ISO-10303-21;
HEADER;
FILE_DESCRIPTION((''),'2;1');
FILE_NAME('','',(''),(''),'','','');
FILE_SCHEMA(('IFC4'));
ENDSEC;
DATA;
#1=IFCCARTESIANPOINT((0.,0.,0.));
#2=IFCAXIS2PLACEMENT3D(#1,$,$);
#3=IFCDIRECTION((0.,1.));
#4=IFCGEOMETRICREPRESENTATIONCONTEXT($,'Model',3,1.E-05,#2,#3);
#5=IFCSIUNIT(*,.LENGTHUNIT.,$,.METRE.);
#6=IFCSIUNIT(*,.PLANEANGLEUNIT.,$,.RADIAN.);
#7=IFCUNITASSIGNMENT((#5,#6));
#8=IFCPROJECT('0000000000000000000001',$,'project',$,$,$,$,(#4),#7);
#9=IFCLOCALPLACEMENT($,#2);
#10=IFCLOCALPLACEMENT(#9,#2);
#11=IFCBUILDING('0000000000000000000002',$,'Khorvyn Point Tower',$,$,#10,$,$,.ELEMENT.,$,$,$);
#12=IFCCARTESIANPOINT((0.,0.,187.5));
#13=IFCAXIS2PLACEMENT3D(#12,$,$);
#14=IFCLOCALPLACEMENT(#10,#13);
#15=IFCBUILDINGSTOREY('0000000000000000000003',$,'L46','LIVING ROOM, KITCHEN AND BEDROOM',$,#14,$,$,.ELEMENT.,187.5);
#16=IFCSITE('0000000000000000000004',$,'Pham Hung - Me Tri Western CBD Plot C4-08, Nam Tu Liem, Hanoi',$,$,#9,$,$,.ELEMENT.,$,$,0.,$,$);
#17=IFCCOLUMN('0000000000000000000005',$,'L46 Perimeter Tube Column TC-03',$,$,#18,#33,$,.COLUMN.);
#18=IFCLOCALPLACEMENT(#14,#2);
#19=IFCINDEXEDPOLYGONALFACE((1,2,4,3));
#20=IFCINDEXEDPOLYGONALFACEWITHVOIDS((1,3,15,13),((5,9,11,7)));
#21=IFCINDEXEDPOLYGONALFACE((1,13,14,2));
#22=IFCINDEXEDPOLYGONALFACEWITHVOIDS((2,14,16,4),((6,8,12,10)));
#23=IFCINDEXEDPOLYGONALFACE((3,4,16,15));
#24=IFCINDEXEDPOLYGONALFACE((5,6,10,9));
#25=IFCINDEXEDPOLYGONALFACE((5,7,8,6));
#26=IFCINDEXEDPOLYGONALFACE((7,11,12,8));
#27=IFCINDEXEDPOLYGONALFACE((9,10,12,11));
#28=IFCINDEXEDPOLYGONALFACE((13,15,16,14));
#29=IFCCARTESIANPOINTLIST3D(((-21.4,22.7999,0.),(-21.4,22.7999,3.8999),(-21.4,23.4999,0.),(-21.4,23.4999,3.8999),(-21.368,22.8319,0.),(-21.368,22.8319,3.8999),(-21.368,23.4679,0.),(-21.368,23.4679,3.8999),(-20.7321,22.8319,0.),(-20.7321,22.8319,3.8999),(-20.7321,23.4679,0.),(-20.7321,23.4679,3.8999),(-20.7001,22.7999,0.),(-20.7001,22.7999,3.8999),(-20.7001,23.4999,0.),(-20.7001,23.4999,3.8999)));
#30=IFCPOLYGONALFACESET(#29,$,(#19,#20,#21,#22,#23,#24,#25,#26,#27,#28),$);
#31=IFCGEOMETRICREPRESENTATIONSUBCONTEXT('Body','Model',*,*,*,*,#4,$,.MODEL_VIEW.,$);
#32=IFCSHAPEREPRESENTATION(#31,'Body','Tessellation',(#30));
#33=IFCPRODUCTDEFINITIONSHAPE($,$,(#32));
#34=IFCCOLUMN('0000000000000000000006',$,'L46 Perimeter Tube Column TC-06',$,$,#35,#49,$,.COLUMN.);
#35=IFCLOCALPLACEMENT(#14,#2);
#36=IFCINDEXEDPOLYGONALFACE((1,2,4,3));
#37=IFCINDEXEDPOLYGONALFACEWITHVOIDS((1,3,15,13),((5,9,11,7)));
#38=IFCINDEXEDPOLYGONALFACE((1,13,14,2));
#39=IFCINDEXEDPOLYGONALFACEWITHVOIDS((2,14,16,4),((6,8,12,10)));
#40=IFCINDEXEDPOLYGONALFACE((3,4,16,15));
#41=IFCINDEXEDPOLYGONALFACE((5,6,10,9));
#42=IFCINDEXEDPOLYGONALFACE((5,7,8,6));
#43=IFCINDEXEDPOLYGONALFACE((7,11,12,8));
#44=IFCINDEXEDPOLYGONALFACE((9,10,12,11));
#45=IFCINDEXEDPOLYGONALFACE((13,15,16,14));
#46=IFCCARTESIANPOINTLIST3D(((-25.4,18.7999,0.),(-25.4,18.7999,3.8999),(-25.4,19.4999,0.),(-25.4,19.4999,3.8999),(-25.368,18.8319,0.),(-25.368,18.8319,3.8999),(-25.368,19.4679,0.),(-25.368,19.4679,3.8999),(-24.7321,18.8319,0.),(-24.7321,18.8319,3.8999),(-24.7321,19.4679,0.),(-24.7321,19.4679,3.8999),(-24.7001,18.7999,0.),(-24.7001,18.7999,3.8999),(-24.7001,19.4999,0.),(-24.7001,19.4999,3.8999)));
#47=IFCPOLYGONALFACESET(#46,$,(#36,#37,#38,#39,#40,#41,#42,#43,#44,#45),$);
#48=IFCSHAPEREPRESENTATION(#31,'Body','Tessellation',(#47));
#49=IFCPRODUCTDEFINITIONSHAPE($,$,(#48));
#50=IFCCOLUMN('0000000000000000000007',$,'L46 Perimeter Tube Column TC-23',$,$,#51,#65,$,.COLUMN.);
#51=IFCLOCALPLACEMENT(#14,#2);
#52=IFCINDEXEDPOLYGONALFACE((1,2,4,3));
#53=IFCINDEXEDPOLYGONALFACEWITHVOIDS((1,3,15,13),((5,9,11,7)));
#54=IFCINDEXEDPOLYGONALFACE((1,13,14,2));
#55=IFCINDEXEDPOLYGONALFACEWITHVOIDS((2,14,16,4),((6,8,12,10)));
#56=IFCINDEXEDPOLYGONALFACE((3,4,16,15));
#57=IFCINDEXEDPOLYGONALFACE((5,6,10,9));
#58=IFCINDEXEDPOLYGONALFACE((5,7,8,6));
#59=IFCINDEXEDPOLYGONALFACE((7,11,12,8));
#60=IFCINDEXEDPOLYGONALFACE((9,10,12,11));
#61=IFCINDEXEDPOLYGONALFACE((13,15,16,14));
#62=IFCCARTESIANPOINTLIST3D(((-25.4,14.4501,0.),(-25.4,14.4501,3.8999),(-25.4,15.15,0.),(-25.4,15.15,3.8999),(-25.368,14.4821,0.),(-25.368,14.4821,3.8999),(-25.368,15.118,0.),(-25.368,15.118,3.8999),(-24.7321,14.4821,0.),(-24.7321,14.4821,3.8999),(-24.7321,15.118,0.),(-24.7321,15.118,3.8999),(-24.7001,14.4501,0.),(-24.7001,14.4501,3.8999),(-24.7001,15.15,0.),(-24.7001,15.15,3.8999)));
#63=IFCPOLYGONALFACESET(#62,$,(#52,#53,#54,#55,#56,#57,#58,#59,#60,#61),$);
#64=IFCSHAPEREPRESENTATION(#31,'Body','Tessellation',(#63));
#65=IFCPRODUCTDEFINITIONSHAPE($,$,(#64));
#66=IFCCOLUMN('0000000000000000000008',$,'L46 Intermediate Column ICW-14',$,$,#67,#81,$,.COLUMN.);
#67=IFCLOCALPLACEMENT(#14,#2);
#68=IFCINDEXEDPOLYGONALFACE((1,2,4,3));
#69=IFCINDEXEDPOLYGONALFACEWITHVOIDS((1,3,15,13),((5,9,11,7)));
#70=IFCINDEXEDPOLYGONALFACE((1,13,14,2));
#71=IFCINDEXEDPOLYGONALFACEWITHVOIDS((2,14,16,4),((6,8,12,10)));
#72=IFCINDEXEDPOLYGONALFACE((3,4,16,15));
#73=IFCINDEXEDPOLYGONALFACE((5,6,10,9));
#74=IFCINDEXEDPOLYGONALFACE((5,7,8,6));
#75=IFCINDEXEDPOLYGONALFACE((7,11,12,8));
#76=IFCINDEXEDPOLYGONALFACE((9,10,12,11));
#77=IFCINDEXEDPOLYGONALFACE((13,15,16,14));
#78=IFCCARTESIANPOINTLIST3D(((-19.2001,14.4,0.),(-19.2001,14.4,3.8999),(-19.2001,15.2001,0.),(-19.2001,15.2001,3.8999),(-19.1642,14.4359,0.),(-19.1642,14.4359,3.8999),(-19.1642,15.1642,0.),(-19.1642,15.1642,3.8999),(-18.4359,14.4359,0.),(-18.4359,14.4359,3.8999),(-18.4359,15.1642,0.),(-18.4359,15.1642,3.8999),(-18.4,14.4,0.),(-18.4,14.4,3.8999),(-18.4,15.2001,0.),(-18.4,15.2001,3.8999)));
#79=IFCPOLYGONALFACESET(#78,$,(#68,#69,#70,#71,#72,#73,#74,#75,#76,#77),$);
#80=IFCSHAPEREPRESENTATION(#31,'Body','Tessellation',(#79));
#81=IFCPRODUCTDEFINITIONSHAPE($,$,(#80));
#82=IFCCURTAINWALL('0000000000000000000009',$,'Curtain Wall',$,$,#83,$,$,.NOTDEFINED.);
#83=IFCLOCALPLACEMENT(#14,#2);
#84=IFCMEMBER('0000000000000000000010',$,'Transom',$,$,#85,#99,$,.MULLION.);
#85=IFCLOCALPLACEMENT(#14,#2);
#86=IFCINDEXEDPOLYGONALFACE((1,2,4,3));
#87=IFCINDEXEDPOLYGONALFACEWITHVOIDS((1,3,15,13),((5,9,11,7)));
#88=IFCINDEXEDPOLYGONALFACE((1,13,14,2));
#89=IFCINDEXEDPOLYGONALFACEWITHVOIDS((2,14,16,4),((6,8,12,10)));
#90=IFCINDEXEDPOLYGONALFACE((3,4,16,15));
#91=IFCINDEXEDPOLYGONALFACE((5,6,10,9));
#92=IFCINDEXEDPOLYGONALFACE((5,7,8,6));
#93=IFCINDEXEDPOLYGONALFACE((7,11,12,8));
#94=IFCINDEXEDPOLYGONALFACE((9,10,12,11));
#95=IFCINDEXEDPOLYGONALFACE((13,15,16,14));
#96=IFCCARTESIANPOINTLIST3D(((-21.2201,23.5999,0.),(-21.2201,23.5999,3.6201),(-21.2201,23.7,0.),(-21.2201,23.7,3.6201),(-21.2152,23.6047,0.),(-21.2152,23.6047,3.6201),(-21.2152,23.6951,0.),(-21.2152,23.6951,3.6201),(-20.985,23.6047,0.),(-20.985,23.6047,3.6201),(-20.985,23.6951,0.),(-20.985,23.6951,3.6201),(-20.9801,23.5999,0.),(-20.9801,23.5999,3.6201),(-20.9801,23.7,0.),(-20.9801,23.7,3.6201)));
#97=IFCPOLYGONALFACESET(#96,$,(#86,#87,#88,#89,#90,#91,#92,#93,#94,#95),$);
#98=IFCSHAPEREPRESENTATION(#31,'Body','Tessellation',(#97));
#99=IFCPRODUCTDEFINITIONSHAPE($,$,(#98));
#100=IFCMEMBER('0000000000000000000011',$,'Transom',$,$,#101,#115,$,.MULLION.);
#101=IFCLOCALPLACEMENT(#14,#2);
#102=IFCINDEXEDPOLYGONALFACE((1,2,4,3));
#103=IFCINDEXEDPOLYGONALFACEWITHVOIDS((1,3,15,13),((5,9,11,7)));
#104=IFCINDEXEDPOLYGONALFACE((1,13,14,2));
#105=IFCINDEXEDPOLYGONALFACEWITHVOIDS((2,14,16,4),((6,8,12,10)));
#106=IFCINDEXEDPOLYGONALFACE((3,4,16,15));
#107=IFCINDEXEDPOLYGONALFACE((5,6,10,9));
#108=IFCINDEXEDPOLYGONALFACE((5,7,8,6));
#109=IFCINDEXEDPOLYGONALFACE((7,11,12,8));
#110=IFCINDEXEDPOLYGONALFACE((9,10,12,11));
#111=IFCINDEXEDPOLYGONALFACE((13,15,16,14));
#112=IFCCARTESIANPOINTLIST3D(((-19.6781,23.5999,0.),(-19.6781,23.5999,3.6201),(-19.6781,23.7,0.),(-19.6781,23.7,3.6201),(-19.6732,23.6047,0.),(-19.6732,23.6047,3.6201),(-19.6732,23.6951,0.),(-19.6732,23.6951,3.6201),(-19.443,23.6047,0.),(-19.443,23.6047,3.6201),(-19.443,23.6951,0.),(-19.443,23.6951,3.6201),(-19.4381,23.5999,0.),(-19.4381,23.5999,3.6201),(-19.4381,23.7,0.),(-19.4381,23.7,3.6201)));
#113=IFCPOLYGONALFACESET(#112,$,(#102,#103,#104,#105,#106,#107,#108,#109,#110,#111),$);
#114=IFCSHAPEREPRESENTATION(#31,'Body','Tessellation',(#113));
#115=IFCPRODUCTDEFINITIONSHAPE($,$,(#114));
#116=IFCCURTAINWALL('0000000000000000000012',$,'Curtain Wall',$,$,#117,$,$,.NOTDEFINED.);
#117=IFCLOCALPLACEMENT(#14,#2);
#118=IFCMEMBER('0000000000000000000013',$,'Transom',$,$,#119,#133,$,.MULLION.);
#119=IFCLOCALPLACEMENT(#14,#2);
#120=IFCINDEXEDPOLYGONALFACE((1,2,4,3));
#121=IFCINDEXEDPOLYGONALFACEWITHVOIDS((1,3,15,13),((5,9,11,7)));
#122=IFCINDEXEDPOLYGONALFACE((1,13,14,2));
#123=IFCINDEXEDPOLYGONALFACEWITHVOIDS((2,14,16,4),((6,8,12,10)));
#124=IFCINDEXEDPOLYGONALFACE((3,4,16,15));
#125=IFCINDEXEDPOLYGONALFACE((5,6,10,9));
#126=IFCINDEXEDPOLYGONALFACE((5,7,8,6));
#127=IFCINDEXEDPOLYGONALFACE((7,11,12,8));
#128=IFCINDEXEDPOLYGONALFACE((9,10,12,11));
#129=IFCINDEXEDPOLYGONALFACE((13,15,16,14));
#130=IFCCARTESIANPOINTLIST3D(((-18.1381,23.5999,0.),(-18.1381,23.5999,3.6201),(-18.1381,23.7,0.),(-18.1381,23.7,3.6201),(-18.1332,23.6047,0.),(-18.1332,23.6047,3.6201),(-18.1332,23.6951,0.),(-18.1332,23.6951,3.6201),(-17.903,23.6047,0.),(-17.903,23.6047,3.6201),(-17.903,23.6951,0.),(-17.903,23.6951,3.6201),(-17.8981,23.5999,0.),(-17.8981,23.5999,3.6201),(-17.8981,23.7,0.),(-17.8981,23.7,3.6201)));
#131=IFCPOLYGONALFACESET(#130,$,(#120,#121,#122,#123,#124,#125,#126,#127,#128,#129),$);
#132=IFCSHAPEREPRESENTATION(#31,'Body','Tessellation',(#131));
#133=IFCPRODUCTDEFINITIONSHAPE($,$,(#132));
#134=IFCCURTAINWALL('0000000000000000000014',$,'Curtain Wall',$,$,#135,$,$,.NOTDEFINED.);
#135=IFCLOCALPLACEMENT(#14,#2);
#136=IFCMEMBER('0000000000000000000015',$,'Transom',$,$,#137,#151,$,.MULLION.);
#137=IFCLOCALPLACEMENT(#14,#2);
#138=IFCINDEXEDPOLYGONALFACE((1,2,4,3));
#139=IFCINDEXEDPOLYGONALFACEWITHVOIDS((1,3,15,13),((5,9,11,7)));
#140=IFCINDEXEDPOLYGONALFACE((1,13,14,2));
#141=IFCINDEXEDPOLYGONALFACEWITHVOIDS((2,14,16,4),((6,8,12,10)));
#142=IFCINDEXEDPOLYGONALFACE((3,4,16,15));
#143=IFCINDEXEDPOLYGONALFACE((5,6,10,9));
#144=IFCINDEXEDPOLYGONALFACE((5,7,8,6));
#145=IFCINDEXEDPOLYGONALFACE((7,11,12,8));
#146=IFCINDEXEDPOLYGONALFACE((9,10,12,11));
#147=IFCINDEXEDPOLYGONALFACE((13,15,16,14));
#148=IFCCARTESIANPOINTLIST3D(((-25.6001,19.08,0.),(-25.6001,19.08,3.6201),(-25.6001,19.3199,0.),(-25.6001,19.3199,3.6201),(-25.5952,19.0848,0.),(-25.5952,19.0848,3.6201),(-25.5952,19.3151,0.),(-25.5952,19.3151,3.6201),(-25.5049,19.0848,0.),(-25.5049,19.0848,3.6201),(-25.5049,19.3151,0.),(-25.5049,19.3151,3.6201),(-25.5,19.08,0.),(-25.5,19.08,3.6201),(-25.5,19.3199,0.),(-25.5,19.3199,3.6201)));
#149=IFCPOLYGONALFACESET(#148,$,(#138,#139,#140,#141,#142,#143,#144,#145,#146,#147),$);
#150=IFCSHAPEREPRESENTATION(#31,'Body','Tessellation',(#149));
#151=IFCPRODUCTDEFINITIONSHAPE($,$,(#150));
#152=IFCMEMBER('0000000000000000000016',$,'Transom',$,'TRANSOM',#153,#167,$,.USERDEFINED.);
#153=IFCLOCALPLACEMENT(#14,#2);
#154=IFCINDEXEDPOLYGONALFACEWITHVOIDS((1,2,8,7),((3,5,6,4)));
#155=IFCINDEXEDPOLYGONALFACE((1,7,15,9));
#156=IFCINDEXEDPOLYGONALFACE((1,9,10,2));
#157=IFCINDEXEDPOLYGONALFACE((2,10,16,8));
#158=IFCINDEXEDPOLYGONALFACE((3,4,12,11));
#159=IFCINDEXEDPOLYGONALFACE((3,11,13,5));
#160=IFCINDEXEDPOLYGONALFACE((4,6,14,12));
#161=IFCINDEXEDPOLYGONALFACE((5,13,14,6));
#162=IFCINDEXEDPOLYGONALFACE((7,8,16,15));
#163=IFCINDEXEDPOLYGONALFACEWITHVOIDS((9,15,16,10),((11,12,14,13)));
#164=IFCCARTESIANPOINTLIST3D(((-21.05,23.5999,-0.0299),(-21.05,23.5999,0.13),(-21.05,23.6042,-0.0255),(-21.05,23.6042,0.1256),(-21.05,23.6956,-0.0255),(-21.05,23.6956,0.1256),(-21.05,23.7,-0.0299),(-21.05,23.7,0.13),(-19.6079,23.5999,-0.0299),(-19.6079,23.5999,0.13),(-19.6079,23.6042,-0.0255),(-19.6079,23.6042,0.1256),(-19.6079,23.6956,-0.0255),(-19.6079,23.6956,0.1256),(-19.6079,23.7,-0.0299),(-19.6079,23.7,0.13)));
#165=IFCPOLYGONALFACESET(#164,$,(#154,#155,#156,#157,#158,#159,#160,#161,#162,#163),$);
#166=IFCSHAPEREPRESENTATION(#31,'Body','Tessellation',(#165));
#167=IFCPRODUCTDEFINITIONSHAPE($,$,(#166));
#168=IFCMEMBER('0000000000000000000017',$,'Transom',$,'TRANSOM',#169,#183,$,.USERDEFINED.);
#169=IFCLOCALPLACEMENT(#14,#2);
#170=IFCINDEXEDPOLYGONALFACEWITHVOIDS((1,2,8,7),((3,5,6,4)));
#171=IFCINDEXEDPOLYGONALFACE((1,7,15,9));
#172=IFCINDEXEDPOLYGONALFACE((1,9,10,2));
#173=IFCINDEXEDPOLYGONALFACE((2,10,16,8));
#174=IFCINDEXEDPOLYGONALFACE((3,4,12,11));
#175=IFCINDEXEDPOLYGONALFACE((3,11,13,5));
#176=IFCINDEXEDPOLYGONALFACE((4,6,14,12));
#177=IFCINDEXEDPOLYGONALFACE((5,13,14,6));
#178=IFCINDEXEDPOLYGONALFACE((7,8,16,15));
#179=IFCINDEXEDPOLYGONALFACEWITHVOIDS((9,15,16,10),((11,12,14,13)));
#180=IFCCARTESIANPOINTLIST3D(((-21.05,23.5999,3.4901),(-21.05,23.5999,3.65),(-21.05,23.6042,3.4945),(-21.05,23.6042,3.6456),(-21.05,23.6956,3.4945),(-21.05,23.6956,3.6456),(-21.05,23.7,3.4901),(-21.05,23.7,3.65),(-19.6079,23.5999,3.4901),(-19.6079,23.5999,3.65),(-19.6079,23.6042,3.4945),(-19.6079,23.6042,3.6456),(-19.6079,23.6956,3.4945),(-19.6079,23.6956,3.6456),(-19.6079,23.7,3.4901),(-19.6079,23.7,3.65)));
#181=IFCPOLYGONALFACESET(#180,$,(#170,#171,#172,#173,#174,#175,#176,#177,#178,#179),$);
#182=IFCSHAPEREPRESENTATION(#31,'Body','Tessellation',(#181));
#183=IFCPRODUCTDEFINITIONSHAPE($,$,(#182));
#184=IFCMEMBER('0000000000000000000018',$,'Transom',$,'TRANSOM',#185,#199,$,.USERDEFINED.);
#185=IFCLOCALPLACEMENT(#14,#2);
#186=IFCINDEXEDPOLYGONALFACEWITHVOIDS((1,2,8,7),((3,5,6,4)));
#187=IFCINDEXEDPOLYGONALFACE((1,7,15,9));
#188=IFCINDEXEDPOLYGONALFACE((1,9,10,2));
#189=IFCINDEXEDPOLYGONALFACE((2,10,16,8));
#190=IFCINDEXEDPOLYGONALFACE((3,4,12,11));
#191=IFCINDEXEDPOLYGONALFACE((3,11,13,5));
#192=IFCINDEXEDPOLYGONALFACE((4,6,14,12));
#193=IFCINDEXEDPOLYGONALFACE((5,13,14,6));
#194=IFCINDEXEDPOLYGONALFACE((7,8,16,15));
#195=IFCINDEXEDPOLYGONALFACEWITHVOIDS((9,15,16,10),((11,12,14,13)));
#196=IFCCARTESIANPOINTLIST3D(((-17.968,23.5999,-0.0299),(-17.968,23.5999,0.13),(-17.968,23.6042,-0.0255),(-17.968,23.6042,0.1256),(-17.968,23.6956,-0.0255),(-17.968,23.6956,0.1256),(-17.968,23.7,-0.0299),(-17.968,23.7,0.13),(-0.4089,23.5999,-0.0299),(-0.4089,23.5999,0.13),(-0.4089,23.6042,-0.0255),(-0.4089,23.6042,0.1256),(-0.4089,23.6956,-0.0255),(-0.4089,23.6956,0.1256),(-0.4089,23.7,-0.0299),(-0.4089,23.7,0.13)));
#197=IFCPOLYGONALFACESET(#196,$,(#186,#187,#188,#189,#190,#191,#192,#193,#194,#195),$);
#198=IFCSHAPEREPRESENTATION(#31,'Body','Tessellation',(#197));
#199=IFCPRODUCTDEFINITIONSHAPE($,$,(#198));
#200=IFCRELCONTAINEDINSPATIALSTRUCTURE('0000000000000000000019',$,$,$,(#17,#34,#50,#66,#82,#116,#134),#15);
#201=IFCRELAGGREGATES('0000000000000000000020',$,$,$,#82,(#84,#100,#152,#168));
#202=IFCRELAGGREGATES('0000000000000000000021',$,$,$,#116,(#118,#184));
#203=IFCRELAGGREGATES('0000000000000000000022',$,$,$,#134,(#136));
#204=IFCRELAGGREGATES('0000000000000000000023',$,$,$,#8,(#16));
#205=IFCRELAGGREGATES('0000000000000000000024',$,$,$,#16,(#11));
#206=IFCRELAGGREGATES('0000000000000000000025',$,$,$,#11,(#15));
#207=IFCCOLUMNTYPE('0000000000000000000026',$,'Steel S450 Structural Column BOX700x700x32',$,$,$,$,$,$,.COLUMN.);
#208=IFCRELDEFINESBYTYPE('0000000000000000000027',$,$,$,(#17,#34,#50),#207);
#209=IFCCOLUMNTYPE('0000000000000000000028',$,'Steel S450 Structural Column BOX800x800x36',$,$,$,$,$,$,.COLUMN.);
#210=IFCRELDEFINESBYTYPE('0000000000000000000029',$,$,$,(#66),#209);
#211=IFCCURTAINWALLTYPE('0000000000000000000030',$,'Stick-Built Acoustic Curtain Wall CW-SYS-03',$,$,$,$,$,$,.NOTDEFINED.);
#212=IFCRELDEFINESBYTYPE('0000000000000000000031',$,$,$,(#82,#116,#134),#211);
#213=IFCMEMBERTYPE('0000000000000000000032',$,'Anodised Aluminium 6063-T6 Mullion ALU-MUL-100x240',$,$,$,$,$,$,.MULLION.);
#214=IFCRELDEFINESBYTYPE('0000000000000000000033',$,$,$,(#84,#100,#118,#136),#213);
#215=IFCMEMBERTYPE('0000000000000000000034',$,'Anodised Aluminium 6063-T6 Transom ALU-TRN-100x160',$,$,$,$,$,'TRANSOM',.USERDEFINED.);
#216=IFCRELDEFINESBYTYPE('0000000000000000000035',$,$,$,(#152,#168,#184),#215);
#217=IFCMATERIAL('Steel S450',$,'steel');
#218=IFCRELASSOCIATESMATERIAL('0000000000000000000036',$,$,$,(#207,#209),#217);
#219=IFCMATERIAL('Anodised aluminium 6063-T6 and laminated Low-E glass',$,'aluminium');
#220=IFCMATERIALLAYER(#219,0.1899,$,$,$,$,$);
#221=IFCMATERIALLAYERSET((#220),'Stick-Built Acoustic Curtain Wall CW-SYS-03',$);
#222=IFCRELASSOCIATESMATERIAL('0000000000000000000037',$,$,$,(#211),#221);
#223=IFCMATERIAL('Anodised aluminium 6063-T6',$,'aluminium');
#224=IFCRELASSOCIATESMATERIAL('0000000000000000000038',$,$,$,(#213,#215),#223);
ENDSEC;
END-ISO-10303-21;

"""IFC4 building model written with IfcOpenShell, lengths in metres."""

from ifc_helpers import new_model, si_unit, direction, frame, origin, origin_2d, place, context, subcontext, project, spatial, hollow_rectangle, extrude, material, layer, layer_set, material_profile, profile_set, type_object, element, aggregate, save


model = new_model("IFC4")

# Units and contexts
model_context = context("Model", 3, precision=1e-05, world=origin(), true_north=direction((0.0, 1.0)))
body_context = subcontext(model_context, "Body", "Model", "MODEL_VIEW")
ifc_project = project(units=[si_unit("LENGTHUNIT", "METRE"), si_unit("PLANEANGLEUNIT", "RADIAN")], contexts=[model_context])

# Site, building, storey
site_placement = place(None, origin())
site = spatial("IfcSite", under=ifc_project, at=site_placement, Name="Pham Hung - Me Tri Western CBD Plot C4-08, Nam Tu Liem, Hanoi", CompositionType="ELEMENT", RefElevation=0.0)
building_placement = place(site_placement, origin())
building = spatial("IfcBuilding", under=site, at=building_placement, Name="Khorvyn Point Tower", CompositionType="ELEMENT")
storey_placement = place(building_placement, frame((0.0, 0.0, 187.5)))
storey = spatial("IfcBuildingStorey", under=building, at=storey_placement, Name="L46", Description="LIVING ROOM, KITCHEN AND BEDROOM", CompositionType="ELEMENT", Elevation=187.5)

# Columns
ifc_material_1 = material(Name="Steel S450", Category="steel")
ifc_material_profile_1 = material_profile(ifc_material_1, hollow_rectangle(XDim=0.7, YDim=0.7, WallThickness=0.032, at=origin_2d()))
ifc_profile_set_1 = profile_set([ifc_material_profile_1], Name="Steel S450 BOX700x700x32")
column_type_1 = type_object("IfcColumnType", Name="Steel S450 Structural Column BOX700x700x32", PredefinedType="COLUMN", material=ifc_profile_set_1)
for number, where, z_axis, x_axis, name in (
    (1, (-21.05, 23.1499, 0.0), (0.0, 0.0, 1.0), (1.0, 0.0, 0.0), "L46 Perimeter Tube Column TC-03"),
    (2, (-25.05, 19.1499, 0.0), (0.0, 0.0, 1.0), (1.0, 0.0, 0.0), "L46 Perimeter Tube Column TC-06"),
    (3, (-25.05, 14.8, 0.0), (0.0, 0.0, 1.0), (1.0, 0.0, 0.0), "L46 Perimeter Tube Column TC-23"),
):
    element("IfcColumn", number, at=place(storey_placement, frame(where, z_axis=z_axis, x_axis=x_axis)), inside=storey, type_object=column_type_1, Name=name, PredefinedType="COLUMN", context=body_context, shape_type="SweptSolid", body=[
        extrude(hollow_rectangle(XDim=0.7, YDim=0.7, WallThickness=0.032, at=origin_2d()), origin(), (0.0, 0.0, 1.0), 3.8999),
    ])
ifc_material_profile_2 = material_profile(ifc_material_1, hollow_rectangle(XDim=0.8, YDim=0.8, WallThickness=0.0359, at=origin_2d()))
ifc_profile_set_2 = profile_set([ifc_material_profile_2], Name="Steel S450 BOX800x800x36")
column_type_2 = type_object("IfcColumnType", Name="Steel S450 Structural Column BOX800x800x36", PredefinedType="COLUMN", material=ifc_profile_set_2)
column_placement = place(storey_placement, frame((-18.8, 14.8, 0.0), z_axis=(0.0, 0.0, 1.0), x_axis=(1.0, 0.0, 0.0)))
element("IfcColumn", 4, at=column_placement, inside=storey, type_object=column_type_2, Name="L46 Intermediate Column ICW-14", PredefinedType="COLUMN", context=body_context, shape_type="SweptSolid", body=[
    extrude(hollow_rectangle(XDim=0.8, YDim=0.8, WallThickness=0.0359, at=origin_2d()), origin(), (0.0, 0.0, 1.0), 3.8999),
])

# Curtain wall, members
ifc_material_2 = material(Name="Anodised aluminium 6063-T6 and laminated Low-E glass", Category="aluminium")
ifc_layer_1 = layer(ifc_material_2, 0.1899)
ifc_layer_set_1 = layer_set([ifc_layer_1], Name="Stick-Built Acoustic Curtain Wall CW-SYS-03")
curtain_wall_type = type_object("IfcCurtainWallType", Name="Stick-Built Acoustic Curtain Wall CW-SYS-03", PredefinedType="NOTDEFINED", material=ifc_layer_set_1)
curtain_wall_1_placement = place(storey_placement, origin())
curtain_wall_1 = element("IfcCurtainWall", 5, at=curtain_wall_1_placement, inside=storey, type_object=curtain_wall_type, Name="Curtain Wall", PredefinedType="NOTDEFINED")
ifc_material_3 = material(Name="Anodised aluminium 6063-T6", Category="aluminium")
ifc_material_profile_3 = material_profile(ifc_material_3, hollow_rectangle(XDim=0.1001, YDim=0.24, WallThickness=0.0049, at=origin_2d()))
ifc_profile_set_3 = profile_set([ifc_material_profile_3], Name="Anodised aluminium 6063-T6 ALU-MUL-100x240")
member_type_1 = type_object("IfcMemberType", Name="Anodised Aluminium 6063-T6 Mullion ALU-MUL-100x240", PredefinedType="MULLION", material=ifc_profile_set_3)
member_1_placement = place(storey_placement, frame((-21.1001, 23.6499, 0.0), z_axis=(0.0, 0.0, 1.0), x_axis=(0.0, 1.0, 0.0)))
member_1 = element("IfcMember", 6, at=member_1_placement, type_object=member_type_1, Name="Transom", PredefinedType="MULLION", context=body_context, shape_type="SweptSolid", body=[
    extrude(hollow_rectangle(XDim=0.1001, YDim=0.24, WallThickness=0.0049, at=origin_2d()), origin(), (0.0, 0.0, 1.0), 3.6201),
])
member_2_placement = place(storey_placement, frame((-19.5581, 23.6499, 0.0), z_axis=(0.0, 0.0, 1.0), x_axis=(0.0, 1.0, 0.0)))
member_2 = element("IfcMember", 7, at=member_2_placement, type_object=member_type_1, Name="Transom", PredefinedType="MULLION", context=body_context, shape_type="SweptSolid", body=[
    extrude(hollow_rectangle(XDim=0.1001, YDim=0.24, WallThickness=0.0049, at=origin_2d()), origin(), (0.0, 0.0, 1.0), 3.6201),
])

# Curtain walls, members
curtain_wall_2_placement = place(storey_placement, origin())
curtain_wall_2 = element("IfcCurtainWall", 8, at=curtain_wall_2_placement, inside=storey, type_object=curtain_wall_type, Name="Curtain Wall", PredefinedType="NOTDEFINED")
member_3_placement = place(storey_placement, frame((-18.0181, 23.6499, 0.0), z_axis=(0.0, 0.0, 1.0), x_axis=(0.0, 1.0, 0.0)))
member_3 = element("IfcMember", 9, at=member_3_placement, type_object=member_type_1, Name="Transom", PredefinedType="MULLION", context=body_context, shape_type="SweptSolid", body=[
    extrude(hollow_rectangle(XDim=0.1001, YDim=0.24, WallThickness=0.0049, at=origin_2d()), origin(), (0.0, 0.0, 1.0), 3.6201),
])
curtain_wall_3_placement = place(storey_placement, origin())
curtain_wall_3 = element("IfcCurtainWall", 10, at=curtain_wall_3_placement, inside=storey, type_object=curtain_wall_type, Name="Curtain Wall", PredefinedType="NOTDEFINED")
member_4_placement = place(storey_placement, frame((-25.55, 19.2, 0.0), z_axis=(0.0, 0.0, 1.0), x_axis=(-1.0, 0.0, 0.0)))
member_4 = element("IfcMember", 11, at=member_4_placement, type_object=member_type_1, Name="Transom", PredefinedType="MULLION", context=body_context, shape_type="SweptSolid", body=[
    extrude(hollow_rectangle(XDim=0.1001, YDim=0.24, WallThickness=0.0049, at=origin_2d()), origin(), (0.0, 0.0, 1.0), 3.6201),
])

# Members
ifc_material_profile_4 = material_profile(ifc_material_3, hollow_rectangle(XDim=0.1001, YDim=0.1599, WallThickness=0.0044, at=origin_2d()))
ifc_profile_set_4 = profile_set([ifc_material_profile_4], Name="Anodised aluminium 6063-T6 ALU-TRN-100x160")
member_type_2 = type_object("IfcMemberType", Name="Anodised Aluminium 6063-T6 Transom ALU-TRN-100x160", ElementType="TRANSOM", PredefinedType="USERDEFINED", material=ifc_profile_set_4)
member_5_placement = place(storey_placement, frame((-21.05, 23.6499, 0.05), z_axis=(1.0, 0.0, 0.0), x_axis=(0.0, 1.0, 0.0)))
member_5 = element("IfcMember", 12, at=member_5_placement, type_object=member_type_2, Name="Transom", ObjectType="TRANSOM", PredefinedType="USERDEFINED", context=body_context, shape_type="SweptSolid", body=[
    extrude(hollow_rectangle(XDim=0.1001, YDim=0.1599, WallThickness=0.0044, at=origin_2d()), origin(), (0.0, 0.0, 1.0), 1.4421),
])
member_6_placement = place(storey_placement, frame((-21.05, 23.6499, 3.5701), z_axis=(1.0, 0.0, 0.0), x_axis=(0.0, 1.0, 0.0)))
member_6 = element("IfcMember", 13, at=member_6_placement, type_object=member_type_2, Name="Transom", ObjectType="TRANSOM", PredefinedType="USERDEFINED", context=body_context, shape_type="SweptSolid", body=[
    extrude(hollow_rectangle(XDim=0.1001, YDim=0.1599, WallThickness=0.0044, at=origin_2d()), origin(), (0.0, 0.0, 1.0), 1.4421),
])
member_7_placement = place(storey_placement, frame((-17.968, 23.6499, 0.05), z_axis=(1.0, 0.0, 0.0), x_axis=(0.0, 1.0, 0.0)))
member_7 = element("IfcMember", 14, at=member_7_placement, type_object=member_type_2, Name="Transom", ObjectType="TRANSOM", PredefinedType="USERDEFINED", context=body_context, shape_type="SweptSolid", body=[
    extrude(hollow_rectangle(XDim=0.1001, YDim=0.1599, WallThickness=0.0044, at=origin_2d()), origin(), (0.0, 0.0, 1.0), 17.5591),
])

aggregate(curtain_wall_1, [member_1, member_2, member_5, member_6])
aggregate(curtain_wall_2, [member_3, member_7])
aggregate(curtain_wall_3, [member_4])

save(model, "model.ifc")
